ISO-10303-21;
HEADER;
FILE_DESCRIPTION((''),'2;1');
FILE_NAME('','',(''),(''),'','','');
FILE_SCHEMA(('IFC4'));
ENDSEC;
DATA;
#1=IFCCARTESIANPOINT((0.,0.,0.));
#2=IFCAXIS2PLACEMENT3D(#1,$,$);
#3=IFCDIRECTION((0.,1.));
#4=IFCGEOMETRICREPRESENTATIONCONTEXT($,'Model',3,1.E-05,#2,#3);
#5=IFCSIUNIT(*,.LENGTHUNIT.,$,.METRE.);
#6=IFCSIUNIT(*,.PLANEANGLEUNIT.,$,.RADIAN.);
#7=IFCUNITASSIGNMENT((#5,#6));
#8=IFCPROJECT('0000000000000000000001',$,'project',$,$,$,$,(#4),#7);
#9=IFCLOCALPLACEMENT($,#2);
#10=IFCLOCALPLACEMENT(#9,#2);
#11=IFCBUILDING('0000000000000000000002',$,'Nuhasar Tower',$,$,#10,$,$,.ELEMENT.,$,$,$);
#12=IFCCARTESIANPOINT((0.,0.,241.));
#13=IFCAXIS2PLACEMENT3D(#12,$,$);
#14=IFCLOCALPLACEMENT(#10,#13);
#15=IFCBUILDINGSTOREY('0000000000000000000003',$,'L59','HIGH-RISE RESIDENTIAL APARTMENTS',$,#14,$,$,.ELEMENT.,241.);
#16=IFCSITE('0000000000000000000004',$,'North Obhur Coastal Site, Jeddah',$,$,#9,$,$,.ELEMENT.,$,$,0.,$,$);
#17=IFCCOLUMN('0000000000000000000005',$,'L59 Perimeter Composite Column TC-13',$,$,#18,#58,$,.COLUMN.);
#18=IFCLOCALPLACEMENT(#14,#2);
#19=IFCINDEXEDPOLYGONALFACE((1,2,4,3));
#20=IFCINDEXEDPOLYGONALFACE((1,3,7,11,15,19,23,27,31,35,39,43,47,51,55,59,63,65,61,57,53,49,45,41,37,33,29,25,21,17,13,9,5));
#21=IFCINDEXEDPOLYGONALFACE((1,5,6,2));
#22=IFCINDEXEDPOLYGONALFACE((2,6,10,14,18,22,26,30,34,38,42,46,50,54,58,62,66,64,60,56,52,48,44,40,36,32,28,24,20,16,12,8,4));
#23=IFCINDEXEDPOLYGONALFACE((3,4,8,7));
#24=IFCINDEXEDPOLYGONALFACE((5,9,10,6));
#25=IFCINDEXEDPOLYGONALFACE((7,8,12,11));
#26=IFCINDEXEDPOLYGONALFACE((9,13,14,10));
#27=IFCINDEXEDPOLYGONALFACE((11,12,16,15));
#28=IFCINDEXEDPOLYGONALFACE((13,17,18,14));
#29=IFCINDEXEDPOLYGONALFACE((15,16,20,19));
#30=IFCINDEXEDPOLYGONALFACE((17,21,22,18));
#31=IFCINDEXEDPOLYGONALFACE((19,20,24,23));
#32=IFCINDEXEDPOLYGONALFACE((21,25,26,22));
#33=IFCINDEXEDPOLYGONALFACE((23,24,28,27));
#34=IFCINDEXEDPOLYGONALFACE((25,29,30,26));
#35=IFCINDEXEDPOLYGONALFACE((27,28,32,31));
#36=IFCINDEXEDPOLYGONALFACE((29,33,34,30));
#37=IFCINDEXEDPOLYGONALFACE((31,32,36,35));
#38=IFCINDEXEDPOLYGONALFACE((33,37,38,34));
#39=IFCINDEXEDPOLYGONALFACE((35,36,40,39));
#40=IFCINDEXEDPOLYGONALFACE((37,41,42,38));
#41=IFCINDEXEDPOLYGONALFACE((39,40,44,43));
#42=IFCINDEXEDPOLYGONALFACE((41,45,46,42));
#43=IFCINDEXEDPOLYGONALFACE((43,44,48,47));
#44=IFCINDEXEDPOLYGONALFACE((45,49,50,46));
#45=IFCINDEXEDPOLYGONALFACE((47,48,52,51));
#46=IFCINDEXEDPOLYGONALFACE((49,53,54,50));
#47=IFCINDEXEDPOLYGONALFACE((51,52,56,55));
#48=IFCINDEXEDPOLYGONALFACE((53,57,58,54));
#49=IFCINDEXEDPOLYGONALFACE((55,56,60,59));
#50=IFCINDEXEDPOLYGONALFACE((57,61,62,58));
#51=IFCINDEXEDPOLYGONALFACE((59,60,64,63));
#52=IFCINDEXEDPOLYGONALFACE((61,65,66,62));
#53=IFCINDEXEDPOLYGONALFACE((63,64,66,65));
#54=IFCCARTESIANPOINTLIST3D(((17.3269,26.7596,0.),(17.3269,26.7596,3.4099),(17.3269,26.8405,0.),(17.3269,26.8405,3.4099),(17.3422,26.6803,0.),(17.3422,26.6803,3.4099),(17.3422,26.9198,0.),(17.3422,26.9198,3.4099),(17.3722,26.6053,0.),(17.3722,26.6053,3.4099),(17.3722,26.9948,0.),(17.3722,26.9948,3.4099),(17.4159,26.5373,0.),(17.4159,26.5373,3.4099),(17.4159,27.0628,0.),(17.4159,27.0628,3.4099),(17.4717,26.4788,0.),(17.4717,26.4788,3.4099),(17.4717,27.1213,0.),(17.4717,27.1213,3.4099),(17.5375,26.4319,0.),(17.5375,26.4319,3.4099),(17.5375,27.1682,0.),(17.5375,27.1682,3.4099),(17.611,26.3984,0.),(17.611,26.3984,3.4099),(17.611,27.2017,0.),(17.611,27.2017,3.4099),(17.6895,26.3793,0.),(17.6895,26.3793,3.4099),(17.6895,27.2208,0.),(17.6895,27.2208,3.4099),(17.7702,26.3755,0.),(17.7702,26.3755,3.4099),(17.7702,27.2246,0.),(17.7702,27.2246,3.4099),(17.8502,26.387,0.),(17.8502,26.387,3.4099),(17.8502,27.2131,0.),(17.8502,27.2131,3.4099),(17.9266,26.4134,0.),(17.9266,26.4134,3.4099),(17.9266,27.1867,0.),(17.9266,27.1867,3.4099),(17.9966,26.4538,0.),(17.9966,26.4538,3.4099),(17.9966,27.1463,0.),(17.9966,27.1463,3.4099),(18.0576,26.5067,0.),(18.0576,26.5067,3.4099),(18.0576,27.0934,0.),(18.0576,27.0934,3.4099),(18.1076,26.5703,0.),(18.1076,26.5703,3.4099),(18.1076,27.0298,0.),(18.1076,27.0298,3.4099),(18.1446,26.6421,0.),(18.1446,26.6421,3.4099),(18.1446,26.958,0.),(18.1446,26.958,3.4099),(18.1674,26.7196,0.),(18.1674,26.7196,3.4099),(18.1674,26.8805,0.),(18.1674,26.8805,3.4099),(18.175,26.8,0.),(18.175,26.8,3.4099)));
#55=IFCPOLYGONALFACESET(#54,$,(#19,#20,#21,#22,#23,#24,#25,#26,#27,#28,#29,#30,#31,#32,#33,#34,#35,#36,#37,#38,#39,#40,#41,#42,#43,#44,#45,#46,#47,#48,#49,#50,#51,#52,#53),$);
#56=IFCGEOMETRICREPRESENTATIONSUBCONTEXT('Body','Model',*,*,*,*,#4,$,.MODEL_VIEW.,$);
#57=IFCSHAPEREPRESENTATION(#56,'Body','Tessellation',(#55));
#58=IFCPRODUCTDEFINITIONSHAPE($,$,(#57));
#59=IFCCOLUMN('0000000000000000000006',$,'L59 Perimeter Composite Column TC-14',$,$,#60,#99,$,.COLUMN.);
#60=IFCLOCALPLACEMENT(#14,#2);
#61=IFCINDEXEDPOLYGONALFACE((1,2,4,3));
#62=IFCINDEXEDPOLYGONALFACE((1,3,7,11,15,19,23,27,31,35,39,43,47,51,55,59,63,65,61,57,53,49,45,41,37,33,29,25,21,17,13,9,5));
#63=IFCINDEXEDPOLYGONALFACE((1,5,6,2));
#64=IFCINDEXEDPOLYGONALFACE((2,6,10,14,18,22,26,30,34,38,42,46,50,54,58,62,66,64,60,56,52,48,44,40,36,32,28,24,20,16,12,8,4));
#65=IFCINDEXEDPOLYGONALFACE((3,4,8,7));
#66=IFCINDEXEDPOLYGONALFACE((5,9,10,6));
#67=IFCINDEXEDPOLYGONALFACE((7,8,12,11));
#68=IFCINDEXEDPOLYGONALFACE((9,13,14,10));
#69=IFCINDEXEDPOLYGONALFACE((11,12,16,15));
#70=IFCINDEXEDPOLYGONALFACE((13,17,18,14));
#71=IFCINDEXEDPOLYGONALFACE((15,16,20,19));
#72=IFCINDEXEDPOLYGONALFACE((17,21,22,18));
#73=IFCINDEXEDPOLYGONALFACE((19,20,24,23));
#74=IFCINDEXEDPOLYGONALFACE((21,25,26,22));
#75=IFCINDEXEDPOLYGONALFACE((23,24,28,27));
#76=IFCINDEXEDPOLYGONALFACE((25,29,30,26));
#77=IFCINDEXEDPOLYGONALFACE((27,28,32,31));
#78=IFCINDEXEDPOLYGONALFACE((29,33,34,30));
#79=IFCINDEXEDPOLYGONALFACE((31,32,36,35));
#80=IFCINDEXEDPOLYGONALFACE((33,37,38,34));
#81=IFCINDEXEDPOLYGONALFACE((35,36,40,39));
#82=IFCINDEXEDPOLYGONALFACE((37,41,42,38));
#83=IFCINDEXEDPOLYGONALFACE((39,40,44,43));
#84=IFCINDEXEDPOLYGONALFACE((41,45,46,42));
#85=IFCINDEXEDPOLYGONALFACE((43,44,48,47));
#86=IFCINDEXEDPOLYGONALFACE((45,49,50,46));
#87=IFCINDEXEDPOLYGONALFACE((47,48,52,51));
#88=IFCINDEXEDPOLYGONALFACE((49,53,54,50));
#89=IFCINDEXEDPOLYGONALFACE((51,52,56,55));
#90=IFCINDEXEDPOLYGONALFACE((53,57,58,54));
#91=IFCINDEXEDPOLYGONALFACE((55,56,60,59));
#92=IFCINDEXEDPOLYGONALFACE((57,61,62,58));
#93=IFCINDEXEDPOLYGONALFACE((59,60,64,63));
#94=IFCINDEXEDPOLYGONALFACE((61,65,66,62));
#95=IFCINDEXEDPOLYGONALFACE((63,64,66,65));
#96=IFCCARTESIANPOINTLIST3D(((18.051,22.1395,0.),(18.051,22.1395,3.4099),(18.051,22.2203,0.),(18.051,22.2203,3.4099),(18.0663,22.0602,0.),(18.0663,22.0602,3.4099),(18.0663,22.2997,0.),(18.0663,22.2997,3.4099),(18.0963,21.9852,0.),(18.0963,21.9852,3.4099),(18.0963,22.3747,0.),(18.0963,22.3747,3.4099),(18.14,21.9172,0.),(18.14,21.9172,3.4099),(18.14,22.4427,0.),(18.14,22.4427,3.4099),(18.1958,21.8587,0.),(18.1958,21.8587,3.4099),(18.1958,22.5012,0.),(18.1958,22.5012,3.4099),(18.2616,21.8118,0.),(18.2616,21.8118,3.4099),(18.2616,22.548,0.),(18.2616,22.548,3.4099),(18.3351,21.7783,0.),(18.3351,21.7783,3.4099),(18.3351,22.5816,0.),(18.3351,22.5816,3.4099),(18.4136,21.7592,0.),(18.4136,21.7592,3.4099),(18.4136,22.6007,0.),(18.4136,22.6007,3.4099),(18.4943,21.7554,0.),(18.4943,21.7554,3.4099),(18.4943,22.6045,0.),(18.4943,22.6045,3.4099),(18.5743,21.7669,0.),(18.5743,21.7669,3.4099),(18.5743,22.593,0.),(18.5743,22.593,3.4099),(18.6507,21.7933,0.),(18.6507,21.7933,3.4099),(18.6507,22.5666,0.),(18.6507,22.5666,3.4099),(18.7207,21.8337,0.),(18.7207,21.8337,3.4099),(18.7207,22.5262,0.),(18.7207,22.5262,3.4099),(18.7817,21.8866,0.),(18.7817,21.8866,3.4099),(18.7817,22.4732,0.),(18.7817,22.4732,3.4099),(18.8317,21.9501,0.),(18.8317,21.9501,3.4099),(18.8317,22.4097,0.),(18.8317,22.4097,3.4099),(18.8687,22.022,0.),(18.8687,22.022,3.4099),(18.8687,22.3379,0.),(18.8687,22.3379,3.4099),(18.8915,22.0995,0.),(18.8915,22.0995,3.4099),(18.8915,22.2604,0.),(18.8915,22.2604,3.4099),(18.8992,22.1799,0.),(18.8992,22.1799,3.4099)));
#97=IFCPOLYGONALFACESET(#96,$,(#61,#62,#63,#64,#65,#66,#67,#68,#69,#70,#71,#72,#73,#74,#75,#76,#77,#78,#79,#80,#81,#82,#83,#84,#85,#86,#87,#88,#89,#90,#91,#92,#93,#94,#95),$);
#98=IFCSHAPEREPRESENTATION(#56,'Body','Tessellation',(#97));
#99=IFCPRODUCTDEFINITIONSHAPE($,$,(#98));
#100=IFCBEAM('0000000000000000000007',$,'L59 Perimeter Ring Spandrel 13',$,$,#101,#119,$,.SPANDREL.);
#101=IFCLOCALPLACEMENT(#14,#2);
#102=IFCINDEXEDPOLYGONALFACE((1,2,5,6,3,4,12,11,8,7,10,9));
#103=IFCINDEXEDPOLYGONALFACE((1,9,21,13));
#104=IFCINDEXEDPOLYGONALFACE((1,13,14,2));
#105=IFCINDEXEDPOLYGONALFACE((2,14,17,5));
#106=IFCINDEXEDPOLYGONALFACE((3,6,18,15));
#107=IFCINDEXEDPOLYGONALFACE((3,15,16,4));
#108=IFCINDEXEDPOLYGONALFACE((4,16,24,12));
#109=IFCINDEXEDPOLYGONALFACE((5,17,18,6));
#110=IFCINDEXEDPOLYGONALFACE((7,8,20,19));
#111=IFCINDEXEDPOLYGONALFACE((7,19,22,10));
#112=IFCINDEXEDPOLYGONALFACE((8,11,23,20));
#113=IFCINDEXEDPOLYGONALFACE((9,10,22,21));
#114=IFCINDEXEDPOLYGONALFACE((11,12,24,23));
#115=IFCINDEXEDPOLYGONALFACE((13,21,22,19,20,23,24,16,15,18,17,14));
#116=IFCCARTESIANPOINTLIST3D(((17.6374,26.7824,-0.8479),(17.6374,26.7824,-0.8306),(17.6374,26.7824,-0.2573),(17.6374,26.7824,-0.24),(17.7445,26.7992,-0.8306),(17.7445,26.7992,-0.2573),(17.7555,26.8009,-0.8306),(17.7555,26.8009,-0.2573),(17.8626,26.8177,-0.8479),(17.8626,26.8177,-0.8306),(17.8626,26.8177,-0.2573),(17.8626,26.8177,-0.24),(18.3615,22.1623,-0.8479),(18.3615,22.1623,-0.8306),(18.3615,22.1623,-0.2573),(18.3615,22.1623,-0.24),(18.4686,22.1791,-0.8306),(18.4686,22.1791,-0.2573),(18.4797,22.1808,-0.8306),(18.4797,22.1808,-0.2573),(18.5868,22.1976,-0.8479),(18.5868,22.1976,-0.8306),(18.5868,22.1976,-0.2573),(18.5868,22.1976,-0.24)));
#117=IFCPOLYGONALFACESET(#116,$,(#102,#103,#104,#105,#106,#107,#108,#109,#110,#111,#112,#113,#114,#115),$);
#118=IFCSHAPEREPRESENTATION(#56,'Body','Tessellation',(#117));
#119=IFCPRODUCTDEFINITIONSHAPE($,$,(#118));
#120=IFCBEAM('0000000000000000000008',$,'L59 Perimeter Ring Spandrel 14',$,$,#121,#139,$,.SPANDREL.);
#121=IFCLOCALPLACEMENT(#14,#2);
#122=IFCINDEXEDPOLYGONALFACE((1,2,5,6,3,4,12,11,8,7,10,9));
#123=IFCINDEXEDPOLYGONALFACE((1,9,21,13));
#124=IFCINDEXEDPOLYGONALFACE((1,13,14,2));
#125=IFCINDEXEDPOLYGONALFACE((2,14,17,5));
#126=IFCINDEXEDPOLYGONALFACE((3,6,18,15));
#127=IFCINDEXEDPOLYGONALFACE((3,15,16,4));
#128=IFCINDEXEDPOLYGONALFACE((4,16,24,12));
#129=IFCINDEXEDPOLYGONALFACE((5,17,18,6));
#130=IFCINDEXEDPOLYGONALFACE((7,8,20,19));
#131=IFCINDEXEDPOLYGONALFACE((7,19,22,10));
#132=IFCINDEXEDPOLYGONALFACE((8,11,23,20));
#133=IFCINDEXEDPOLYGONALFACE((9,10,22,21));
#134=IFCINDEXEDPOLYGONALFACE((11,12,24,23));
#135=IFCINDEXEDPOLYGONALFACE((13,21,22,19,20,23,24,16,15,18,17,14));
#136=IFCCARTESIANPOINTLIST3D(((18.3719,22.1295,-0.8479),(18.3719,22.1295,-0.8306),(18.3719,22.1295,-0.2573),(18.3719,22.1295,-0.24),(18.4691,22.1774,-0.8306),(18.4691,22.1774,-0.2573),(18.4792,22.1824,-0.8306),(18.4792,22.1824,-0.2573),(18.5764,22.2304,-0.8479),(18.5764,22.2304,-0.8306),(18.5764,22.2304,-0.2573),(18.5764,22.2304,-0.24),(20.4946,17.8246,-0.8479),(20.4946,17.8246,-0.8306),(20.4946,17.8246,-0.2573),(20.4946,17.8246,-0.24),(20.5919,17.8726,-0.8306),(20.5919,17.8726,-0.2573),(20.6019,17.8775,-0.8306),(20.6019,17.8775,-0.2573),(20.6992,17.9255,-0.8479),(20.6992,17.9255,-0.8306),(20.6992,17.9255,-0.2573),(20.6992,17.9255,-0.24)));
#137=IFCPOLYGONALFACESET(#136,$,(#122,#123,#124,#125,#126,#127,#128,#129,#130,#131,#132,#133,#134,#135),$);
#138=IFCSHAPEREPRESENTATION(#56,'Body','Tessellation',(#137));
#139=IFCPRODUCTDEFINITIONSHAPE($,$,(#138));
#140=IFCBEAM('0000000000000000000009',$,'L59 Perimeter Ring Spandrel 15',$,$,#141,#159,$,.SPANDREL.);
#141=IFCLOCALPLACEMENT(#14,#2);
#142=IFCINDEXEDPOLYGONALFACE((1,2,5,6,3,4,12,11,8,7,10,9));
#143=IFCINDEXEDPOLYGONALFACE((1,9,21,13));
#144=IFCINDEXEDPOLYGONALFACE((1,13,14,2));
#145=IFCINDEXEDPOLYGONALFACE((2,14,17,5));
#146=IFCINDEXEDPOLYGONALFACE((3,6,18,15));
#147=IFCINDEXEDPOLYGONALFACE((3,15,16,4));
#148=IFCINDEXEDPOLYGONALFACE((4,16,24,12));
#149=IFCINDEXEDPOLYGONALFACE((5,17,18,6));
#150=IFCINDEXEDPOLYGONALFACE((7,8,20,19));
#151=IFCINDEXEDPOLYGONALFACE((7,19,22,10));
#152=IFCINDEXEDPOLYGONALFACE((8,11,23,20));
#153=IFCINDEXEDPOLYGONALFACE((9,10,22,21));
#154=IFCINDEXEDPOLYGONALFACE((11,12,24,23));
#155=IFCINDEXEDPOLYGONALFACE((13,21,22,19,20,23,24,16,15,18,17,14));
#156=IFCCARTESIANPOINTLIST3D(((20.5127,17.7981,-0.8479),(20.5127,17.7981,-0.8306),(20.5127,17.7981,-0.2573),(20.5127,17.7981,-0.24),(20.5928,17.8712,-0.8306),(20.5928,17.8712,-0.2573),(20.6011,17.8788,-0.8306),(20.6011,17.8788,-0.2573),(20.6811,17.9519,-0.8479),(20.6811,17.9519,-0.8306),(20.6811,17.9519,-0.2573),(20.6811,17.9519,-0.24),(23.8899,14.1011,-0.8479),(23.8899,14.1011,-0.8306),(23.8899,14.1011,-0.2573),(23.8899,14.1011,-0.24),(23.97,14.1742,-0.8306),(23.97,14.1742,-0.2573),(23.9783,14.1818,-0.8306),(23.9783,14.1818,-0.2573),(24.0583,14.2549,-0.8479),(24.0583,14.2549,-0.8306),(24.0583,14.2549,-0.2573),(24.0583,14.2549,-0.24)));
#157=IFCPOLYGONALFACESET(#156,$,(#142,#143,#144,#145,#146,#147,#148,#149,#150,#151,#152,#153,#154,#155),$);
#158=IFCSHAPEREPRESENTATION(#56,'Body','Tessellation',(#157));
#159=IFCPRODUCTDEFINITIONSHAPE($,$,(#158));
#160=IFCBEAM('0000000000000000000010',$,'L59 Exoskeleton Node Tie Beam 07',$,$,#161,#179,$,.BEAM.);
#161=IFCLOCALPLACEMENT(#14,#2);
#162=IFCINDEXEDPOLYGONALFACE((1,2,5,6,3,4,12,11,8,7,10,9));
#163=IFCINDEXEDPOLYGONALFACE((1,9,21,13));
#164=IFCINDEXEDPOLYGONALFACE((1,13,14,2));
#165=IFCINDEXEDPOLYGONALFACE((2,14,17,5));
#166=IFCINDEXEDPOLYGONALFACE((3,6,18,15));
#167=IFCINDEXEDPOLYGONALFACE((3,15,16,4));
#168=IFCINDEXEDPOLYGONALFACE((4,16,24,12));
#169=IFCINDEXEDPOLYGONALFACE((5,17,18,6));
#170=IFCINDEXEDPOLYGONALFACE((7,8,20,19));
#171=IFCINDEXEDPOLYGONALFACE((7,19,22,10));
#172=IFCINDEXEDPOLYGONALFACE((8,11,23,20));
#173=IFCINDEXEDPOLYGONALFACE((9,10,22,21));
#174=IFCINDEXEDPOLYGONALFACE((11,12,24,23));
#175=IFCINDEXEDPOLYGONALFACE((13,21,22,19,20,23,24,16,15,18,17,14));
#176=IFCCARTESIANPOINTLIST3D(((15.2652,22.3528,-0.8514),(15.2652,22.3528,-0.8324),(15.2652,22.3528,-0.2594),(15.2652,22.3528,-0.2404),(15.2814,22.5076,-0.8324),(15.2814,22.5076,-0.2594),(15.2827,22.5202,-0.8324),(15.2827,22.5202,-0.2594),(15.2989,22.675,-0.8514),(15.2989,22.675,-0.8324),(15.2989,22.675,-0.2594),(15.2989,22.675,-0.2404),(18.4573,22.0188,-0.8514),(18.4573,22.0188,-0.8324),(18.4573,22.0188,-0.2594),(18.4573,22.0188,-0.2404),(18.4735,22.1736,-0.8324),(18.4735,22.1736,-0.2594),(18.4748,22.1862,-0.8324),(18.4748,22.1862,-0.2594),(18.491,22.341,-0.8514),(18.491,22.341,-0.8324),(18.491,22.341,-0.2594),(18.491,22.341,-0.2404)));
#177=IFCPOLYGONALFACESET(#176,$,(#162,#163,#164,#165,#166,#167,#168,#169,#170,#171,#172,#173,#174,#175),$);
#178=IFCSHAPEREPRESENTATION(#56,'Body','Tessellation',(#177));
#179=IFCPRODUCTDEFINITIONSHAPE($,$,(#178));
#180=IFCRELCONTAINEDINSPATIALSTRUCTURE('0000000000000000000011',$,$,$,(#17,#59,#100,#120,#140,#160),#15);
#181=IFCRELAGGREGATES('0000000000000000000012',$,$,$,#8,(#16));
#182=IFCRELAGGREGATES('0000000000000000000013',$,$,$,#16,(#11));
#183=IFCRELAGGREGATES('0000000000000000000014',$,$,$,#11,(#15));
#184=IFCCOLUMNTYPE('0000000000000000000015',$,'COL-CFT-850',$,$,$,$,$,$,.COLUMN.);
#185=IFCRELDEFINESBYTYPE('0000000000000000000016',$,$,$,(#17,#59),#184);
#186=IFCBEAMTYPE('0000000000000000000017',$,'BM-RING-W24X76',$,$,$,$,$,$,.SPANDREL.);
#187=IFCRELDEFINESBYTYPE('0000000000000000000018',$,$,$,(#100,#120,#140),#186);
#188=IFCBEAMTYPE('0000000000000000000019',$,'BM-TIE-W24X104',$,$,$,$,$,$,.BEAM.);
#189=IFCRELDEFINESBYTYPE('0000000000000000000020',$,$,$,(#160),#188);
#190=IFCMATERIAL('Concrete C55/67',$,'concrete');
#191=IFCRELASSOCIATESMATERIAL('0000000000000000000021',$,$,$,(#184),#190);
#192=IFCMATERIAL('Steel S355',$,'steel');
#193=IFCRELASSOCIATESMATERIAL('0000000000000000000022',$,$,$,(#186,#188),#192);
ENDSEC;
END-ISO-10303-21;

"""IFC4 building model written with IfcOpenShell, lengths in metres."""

from ifc_helpers import new_model, si_unit, direction, frame, origin, origin_2d, place, context, subcontext, project, spatial, circle, i_section, extrude, material, material_profile, profile_set, type_object, element, save


model = new_model("IFC4")

# Units and contexts
model_context = context("Model", 3, precision=1e-05, world=origin(), true_north=direction((0.0, 1.0)))
body_context = subcontext(model_context, "Body", "Model", "MODEL_VIEW")
ifc_project = project(units=[si_unit("LENGTHUNIT", "METRE"), si_unit("PLANEANGLEUNIT", "RADIAN")], contexts=[model_context])

# Site, building, storey
site_placement = place(None, origin())
site = spatial("IfcSite", under=ifc_project, at=site_placement, Name="North Obhur Coastal Site, Jeddah", CompositionType="ELEMENT", RefElevation=0.0)
building_placement = place(site_placement, origin())
building = spatial("IfcBuilding", under=site, at=building_placement, Name="Nuhasar Tower", CompositionType="ELEMENT")
storey_placement = place(building_placement, frame((0.0, 0.0, 241.0)))
storey = spatial("IfcBuildingStorey", under=building, at=storey_placement, Name="L59", Description="HIGH-RISE RESIDENTIAL APARTMENTS", CompositionType="ELEMENT", Elevation=241.0)

# Columns
ifc_material_1 = material(Name="Concrete C55/67", Category="concrete")
ifc_material_profile_1 = material_profile(ifc_material_1, circle(Radius=0.425, at=origin_2d()), Name="CFT850")
ifc_profile_set_1 = profile_set([ifc_material_profile_1], Name="Concrete C55/67")
column_type = type_object("IfcColumnType", Name="COL-CFT-850", PredefinedType="COLUMN", material=ifc_profile_set_1)
for number, where, z_axis, x_axis, name in (
    (1, (17.75, 26.8, 0.0), (0.0, 0.0, 1.0), (1.0, 0.0, 0.0), "L59 Perimeter Composite Column TC-13"),
    (2, (18.4741, 22.1799, 0.0), (0.0, 0.0, 1.0), (1.0, 0.0, 0.0), "L59 Perimeter Composite Column TC-14"),
):
    element("IfcColumn", number, at=place(storey_placement, frame(where, z_axis=z_axis, x_axis=x_axis)), inside=storey, type_object=column_type, Name=name, PredefinedType="COLUMN", context=body_context, shape_type="SweptSolid", body=[
        extrude(circle(Radius=0.425, at=origin_2d()), origin(), (0.0, 0.0, 1.0), 3.4099),
    ])

# Beams
ifc_material_2 = material(Name="Steel S355", Category="steel")
ifc_material_profile_2 = material_profile(ifc_material_2, i_section(OverallWidth=0.228, OverallDepth=0.6079, WebThickness=0.0112, FlangeThickness=0.0173, at=origin_2d()), Name="W24X76")
ifc_profile_set_2 = profile_set([ifc_material_profile_2], Name="Steel S355")
beam_type_1 = type_object("IfcBeamType", Name="BM-RING-W24X76", PredefinedType="SPANDREL", material=ifc_profile_set_2)
beam_1_placement = place(storey_placement, frame((17.75, 26.8, -0.5439), z_axis=(0.154842, -0.987939, 0.0), x_axis=(0.987939, 0.154842, 0.0)))
element("IfcBeam", 3, at=beam_1_placement, inside=storey, type_object=beam_type_1, Name="L59 Perimeter Ring Spandrel 13", PredefinedType="SPANDREL", context=body_context, shape_type="SweptSolid", body=[
    extrude(i_section(OverallWidth=0.228, OverallDepth=0.6079, WebThickness=0.0112, FlangeThickness=0.0173, at=origin_2d()), origin(), (0.0, 0.0, 1.0), 4.6765),
])
beam_2_placement = place(storey_placement, frame((18.4741, 22.1799, -0.5439), z_axis=(0.442263, -0.896886, 0.0), x_axis=(0.896886, 0.442263, 0.0)))
element("IfcBeam", 4, at=beam_2_placement, inside=storey, type_object=beam_type_1, Name="L59 Perimeter Ring Spandrel 14", PredefinedType="SPANDREL", context=body_context, shape_type="SweptSolid", body=[
    extrude(i_section(OverallWidth=0.228, OverallDepth=0.6079, WebThickness=0.0112, FlangeThickness=0.0173, at=origin_2d()), origin(), (0.0, 0.0, 1.0), 4.7998),
])
beam_3_placement = place(storey_placement, frame((20.5969, 17.875, -0.5439), z_axis=(0.67445, -0.738321, 0.0), x_axis=(0.738321, 0.67445, 0.0)))
element("IfcBeam", 5, at=beam_3_placement, inside=storey, type_object=beam_type_1, Name="L59 Perimeter Ring Spandrel 15", PredefinedType="SPANDREL", context=body_context, shape_type="SweptSolid", body=[
    extrude(i_section(OverallWidth=0.228, OverallDepth=0.6079, WebThickness=0.0112, FlangeThickness=0.0173, at=origin_2d()), origin(), (0.0, 0.0, 1.0), 5.0073),
])
ifc_material_profile_3 = material_profile(ifc_material_2, i_section(OverallWidth=0.324, OverallDepth=0.6111, WebThickness=0.0127, FlangeThickness=0.019, at=origin_2d()), Name="W24X104")
ifc_profile_set_3 = profile_set([ifc_material_profile_3], Name="Steel S355")
beam_type_2 = type_object("IfcBeamType", Name="BM-TIE-W24X104", PredefinedType="BEAM", material=ifc_profile_set_3)
beam_4_placement = place(storey_placement, frame((18.4741, 22.1799, -0.5459), z_axis=(-0.994571, 0.104059, 0.0), x_axis=(-0.104059, -0.994571, 0.0)))
element("IfcBeam", 6, at=beam_4_placement, inside=storey, type_object=beam_type_2, Name="L59 Exoskeleton Node Tie Beam 07", PredefinedType="BEAM", context=body_context, shape_type="SweptSolid", body=[
    extrude(i_section(OverallWidth=0.324, OverallDepth=0.6111, WebThickness=0.0127, FlangeThickness=0.019, at=origin_2d()), origin(), (0.0, 0.0, 1.0), 3.2095),
])

save(model, "model.ifc")
